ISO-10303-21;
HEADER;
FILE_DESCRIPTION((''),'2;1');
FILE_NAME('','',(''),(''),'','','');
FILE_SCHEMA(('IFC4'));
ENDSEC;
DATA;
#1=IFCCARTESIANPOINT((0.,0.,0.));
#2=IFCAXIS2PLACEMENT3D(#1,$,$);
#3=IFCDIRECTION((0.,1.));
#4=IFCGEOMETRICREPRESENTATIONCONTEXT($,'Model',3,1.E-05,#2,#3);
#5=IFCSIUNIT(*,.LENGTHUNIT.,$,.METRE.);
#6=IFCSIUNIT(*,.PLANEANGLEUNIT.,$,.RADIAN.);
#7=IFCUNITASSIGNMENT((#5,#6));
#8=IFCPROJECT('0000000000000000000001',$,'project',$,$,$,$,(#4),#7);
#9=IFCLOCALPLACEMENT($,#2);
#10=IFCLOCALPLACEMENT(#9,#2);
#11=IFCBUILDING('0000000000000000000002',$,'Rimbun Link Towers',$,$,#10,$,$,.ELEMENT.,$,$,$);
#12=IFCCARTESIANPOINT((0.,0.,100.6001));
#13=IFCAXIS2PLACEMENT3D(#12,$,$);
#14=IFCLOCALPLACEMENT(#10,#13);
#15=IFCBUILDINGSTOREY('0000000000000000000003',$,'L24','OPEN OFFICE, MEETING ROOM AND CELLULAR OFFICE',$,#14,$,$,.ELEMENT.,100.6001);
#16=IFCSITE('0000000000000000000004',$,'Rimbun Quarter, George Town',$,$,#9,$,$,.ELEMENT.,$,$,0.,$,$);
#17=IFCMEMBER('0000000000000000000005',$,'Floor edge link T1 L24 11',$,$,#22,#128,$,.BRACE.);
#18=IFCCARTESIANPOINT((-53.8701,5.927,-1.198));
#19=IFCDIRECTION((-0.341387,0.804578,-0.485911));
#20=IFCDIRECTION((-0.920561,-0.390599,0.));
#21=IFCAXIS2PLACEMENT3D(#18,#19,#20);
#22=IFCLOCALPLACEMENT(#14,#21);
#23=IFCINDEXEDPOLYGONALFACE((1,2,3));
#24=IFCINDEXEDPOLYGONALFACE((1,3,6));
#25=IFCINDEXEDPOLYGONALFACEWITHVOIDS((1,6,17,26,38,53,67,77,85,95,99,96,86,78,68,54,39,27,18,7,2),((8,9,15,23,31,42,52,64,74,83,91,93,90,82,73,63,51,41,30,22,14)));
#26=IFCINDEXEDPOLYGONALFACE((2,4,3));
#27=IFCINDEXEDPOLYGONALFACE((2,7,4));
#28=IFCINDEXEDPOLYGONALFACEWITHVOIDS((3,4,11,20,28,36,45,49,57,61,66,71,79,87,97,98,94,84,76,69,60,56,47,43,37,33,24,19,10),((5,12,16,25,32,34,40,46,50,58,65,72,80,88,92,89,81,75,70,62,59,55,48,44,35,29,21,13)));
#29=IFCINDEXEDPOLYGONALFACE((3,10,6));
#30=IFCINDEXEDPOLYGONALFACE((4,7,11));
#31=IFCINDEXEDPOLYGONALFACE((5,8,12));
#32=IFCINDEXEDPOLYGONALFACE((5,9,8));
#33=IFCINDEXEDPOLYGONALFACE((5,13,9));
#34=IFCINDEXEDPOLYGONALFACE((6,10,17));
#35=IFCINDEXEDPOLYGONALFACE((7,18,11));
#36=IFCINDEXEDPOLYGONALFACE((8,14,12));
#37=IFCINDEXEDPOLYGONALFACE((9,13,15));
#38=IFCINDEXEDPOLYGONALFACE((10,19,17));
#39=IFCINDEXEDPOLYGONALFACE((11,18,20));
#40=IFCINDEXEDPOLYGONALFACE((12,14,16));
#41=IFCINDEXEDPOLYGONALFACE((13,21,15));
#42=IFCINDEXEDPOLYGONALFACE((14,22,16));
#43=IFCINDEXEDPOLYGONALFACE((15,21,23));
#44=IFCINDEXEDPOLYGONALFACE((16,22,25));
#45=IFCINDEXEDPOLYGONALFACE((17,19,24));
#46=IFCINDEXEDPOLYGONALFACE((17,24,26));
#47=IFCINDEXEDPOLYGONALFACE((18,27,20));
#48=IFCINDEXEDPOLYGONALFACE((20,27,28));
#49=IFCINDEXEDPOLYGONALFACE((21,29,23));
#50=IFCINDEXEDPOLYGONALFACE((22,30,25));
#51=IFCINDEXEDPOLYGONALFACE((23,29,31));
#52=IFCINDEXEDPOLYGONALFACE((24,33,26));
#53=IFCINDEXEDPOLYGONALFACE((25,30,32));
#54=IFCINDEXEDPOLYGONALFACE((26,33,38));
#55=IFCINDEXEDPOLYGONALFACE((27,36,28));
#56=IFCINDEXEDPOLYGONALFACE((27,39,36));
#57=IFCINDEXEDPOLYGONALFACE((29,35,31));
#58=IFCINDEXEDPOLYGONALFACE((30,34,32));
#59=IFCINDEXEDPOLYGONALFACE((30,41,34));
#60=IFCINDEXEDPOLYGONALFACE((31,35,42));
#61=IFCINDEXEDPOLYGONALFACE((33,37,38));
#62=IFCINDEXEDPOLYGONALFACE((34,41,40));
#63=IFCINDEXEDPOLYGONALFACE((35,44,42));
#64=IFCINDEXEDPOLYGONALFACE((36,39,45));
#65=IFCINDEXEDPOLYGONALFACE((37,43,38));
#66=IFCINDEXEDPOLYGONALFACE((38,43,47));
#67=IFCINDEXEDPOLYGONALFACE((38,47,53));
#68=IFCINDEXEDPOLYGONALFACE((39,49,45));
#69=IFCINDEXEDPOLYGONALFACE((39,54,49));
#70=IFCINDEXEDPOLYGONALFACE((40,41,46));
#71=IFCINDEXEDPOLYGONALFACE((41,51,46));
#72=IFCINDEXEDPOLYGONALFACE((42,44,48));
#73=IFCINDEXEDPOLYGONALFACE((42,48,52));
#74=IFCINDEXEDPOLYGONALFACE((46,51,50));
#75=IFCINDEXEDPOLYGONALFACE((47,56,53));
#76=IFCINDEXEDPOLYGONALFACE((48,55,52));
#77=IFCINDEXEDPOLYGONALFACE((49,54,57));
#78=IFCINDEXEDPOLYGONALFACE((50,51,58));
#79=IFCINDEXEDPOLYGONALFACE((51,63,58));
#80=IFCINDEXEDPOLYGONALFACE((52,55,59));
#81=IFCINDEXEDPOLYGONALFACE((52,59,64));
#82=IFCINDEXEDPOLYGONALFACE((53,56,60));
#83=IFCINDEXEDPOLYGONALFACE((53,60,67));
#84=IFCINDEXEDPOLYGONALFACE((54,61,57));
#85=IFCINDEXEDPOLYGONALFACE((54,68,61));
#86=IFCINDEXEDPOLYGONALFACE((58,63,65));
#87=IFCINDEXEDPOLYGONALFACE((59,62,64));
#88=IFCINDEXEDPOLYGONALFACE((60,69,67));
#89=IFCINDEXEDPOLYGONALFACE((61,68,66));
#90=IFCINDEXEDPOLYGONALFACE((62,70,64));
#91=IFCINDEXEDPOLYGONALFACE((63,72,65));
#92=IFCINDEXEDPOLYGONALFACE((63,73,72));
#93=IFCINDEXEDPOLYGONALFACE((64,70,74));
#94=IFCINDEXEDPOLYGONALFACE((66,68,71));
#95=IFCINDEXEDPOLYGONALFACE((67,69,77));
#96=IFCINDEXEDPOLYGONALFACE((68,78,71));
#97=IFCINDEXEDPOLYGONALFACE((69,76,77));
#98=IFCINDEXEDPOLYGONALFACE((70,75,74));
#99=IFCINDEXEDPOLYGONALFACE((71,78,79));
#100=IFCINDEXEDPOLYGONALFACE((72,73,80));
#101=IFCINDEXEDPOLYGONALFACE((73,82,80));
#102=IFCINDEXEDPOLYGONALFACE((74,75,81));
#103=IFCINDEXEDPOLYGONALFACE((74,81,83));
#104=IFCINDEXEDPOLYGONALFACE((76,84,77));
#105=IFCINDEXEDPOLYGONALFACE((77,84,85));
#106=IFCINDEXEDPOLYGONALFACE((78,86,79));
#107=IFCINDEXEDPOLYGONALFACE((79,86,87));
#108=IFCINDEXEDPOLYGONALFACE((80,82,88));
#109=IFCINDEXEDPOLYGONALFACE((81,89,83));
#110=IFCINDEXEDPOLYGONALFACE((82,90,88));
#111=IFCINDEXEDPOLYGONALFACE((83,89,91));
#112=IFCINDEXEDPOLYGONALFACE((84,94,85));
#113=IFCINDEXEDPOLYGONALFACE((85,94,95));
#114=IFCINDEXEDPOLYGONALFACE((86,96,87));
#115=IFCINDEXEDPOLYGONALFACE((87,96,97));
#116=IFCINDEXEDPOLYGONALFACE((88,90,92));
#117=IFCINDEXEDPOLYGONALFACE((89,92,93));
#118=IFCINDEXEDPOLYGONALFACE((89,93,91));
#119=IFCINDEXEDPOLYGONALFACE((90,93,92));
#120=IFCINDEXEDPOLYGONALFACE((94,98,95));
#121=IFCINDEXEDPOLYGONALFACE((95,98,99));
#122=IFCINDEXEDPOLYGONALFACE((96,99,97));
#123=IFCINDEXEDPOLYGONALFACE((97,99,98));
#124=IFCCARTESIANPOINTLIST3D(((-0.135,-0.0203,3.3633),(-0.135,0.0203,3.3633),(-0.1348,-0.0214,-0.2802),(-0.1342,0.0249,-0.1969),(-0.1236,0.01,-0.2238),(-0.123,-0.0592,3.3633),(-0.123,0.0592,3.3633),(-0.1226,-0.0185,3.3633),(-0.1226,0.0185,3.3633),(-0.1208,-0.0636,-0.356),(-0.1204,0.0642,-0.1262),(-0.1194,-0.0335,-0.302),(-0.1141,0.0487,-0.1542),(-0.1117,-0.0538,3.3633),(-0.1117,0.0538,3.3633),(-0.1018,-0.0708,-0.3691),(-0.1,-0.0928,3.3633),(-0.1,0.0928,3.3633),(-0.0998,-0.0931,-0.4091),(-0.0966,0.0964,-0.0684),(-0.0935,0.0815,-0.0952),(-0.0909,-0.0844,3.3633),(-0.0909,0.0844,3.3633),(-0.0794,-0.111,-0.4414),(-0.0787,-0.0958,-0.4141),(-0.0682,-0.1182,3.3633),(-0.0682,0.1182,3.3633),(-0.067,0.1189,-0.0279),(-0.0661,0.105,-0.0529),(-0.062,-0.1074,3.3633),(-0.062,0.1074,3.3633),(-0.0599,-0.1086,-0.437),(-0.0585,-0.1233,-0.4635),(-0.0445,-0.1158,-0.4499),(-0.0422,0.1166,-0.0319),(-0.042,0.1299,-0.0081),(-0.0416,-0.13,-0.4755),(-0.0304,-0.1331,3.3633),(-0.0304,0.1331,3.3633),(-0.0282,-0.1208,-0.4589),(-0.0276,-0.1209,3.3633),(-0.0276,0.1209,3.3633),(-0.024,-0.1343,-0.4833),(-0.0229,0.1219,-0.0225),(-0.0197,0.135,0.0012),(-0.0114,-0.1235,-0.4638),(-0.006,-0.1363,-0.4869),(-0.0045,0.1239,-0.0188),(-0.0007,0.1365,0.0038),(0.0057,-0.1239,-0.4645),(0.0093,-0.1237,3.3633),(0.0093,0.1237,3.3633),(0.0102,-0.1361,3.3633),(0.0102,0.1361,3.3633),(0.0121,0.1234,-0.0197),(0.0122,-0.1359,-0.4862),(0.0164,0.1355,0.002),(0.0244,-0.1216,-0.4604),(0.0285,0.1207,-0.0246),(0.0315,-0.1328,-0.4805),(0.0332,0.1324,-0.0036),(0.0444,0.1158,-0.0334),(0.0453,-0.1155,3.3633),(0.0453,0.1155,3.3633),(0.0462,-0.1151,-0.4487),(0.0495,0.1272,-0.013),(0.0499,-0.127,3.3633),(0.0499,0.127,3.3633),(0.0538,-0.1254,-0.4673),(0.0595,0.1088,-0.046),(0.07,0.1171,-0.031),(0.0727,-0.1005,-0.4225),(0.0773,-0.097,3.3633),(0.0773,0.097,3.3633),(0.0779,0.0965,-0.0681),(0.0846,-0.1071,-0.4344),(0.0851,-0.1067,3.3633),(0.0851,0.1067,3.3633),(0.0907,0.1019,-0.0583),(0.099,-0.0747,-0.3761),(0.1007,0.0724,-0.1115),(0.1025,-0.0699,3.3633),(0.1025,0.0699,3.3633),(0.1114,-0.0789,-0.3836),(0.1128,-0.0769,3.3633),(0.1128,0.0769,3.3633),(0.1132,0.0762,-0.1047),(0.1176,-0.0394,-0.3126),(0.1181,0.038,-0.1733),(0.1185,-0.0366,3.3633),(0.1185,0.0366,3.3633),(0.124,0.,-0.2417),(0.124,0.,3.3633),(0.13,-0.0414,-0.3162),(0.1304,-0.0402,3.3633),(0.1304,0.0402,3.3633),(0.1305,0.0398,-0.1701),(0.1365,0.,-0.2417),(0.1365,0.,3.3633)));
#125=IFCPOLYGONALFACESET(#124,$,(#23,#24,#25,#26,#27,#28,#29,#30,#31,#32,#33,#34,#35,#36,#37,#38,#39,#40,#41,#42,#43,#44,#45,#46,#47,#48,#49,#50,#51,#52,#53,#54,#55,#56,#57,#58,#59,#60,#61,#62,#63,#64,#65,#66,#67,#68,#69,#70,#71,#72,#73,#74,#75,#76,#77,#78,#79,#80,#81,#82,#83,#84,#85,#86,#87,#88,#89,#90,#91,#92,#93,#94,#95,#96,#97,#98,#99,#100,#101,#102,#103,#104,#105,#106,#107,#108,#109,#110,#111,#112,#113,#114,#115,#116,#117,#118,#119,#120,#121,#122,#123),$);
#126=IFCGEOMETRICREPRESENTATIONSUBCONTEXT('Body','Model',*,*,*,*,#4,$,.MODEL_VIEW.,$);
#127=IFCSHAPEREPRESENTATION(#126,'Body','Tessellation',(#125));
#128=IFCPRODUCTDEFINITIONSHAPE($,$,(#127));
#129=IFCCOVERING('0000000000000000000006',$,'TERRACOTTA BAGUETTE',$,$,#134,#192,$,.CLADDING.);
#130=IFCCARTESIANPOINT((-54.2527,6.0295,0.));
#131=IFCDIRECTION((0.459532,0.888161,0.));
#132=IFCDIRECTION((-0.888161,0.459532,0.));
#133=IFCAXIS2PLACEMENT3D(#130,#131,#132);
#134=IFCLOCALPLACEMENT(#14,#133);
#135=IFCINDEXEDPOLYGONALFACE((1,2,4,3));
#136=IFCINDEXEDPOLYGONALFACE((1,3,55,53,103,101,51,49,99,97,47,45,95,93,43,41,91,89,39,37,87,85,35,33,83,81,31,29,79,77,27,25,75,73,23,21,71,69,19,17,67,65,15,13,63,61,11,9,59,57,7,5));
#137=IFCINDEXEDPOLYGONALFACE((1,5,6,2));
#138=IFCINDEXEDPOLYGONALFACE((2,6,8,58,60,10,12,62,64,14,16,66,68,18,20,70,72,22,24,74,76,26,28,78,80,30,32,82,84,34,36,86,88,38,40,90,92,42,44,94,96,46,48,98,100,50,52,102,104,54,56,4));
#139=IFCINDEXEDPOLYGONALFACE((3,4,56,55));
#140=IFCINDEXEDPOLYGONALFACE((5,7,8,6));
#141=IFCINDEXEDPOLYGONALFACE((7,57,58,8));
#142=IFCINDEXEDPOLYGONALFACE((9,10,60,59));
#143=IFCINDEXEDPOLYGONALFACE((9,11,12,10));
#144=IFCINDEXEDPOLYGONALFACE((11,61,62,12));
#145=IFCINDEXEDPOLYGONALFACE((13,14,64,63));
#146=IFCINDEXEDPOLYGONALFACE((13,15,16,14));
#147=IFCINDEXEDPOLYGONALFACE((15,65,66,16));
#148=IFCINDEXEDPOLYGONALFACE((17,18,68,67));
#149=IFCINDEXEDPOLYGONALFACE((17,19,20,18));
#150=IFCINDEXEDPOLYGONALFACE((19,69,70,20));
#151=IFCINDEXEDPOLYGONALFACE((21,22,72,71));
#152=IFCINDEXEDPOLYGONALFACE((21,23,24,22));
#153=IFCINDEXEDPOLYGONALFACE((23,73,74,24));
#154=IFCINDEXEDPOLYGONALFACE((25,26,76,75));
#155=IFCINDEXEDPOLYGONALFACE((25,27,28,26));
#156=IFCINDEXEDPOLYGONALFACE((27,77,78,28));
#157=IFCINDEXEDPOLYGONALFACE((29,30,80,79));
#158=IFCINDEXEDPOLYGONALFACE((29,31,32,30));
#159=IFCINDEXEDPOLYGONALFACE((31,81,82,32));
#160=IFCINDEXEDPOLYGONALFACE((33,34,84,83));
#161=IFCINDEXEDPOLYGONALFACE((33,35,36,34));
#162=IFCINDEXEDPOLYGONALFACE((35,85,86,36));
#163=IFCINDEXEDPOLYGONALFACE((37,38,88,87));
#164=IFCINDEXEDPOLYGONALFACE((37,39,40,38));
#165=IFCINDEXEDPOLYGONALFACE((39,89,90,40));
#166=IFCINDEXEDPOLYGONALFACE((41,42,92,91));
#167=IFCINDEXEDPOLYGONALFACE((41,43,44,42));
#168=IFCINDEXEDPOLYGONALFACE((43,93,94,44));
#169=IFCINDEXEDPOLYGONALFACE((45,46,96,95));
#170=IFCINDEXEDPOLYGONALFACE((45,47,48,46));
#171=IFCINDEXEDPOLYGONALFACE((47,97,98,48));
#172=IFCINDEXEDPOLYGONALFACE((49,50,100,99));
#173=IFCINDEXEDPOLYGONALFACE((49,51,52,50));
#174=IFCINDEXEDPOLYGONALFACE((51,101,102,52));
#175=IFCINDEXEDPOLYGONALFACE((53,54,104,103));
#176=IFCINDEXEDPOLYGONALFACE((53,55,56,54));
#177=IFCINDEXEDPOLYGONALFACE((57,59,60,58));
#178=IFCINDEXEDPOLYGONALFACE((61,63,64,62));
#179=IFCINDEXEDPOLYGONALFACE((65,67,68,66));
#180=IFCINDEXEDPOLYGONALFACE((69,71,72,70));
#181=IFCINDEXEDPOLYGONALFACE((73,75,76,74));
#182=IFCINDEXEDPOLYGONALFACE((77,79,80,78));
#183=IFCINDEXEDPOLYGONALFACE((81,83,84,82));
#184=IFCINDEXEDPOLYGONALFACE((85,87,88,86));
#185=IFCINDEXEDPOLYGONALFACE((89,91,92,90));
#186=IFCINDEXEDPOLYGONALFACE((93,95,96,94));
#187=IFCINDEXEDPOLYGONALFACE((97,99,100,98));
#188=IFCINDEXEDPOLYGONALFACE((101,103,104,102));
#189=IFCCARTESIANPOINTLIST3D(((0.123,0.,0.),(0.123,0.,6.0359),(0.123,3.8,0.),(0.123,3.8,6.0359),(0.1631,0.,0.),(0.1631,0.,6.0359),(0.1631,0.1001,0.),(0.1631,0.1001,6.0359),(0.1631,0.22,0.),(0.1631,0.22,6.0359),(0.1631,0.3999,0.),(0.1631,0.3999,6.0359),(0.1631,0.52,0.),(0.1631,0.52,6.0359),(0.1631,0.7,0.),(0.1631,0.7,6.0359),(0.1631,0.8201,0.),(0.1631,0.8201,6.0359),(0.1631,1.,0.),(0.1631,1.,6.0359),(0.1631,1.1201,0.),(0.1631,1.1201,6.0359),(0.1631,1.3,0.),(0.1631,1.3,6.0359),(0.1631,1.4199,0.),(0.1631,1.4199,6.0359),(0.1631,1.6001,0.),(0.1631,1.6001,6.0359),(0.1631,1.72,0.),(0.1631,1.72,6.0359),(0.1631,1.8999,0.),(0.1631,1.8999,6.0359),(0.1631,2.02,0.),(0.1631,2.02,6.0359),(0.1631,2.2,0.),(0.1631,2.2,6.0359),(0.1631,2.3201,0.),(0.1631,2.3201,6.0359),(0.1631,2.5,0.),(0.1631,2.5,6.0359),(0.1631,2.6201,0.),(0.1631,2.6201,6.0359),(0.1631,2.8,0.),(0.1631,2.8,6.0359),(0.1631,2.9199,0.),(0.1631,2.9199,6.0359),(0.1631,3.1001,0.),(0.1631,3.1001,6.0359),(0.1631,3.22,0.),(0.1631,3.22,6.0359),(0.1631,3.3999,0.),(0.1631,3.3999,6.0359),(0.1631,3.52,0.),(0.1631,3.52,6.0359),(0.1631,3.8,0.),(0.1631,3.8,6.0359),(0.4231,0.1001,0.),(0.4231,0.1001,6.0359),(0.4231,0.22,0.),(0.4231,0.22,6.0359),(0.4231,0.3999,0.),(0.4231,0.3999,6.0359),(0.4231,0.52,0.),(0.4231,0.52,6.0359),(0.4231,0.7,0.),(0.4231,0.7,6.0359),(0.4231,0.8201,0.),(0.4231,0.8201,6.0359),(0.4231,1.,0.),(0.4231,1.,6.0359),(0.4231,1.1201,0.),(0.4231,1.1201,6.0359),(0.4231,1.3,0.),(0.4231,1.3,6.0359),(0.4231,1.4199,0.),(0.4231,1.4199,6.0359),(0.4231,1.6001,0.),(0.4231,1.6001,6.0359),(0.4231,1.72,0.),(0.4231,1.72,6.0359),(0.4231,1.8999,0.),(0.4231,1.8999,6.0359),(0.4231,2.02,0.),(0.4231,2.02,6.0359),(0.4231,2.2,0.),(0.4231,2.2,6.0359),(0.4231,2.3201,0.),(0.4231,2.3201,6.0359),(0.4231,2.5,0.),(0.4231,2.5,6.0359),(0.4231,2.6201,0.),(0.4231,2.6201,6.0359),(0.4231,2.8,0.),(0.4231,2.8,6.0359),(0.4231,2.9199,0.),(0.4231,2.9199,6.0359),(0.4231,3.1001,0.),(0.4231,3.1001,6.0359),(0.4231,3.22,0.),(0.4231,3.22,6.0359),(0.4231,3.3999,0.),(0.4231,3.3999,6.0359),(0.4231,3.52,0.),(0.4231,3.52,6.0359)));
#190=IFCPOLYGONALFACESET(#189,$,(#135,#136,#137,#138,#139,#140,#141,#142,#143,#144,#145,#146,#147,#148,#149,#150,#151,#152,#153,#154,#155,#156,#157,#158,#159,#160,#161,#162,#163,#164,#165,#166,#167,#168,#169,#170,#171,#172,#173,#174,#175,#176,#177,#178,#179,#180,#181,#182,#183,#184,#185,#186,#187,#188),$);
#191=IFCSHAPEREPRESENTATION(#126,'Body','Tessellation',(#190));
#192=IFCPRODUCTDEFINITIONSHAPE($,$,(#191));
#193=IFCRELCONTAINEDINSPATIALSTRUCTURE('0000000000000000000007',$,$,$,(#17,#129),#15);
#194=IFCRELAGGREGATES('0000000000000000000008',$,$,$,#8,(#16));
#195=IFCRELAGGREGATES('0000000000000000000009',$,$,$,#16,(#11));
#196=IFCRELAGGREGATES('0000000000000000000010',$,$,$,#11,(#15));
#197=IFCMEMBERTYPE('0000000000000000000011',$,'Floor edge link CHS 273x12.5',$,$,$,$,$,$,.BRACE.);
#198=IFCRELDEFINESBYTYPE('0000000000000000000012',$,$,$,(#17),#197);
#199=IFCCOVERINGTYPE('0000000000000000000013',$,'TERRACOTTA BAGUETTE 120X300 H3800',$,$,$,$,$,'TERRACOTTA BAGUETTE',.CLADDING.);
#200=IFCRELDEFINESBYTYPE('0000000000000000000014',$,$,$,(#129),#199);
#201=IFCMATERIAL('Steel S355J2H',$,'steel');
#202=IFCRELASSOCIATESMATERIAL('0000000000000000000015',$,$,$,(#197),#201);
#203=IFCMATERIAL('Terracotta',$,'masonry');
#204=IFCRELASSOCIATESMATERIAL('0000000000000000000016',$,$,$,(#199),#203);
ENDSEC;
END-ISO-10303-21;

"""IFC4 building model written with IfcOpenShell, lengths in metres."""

from ifc_helpers import new_model, si_unit, direction, frame, origin, origin_2d, place, context, subcontext, project, spatial, polyline, hollow_circle, outline, extrude, clip, halfspace, material, material_profile, profile_set, type_object, element, save


model = new_model("IFC4")

# Units and contexts
model_context = context("Model", 3, precision=1e-05, world=origin(), true_north=direction((0.0, 1.0)))
body_context = subcontext(model_context, "Body", "Model", "MODEL_VIEW")
ifc_project = project(units=[si_unit("LENGTHUNIT", "METRE"), si_unit("PLANEANGLEUNIT", "RADIAN")], contexts=[model_context])

# Site, building, storey
site_placement = place(None, origin())
site = spatial("IfcSite", under=ifc_project, at=site_placement, Name="Rimbun Quarter, George Town", CompositionType="ELEMENT", RefElevation=0.0)
building_placement = place(site_placement, origin())
building = spatial("IfcBuilding", under=site, at=building_placement, Name="Rimbun Link Towers", CompositionType="ELEMENT")
storey_placement = place(building_placement, frame((0.0, 0.0, 100.6001)))
storey = spatial("IfcBuildingStorey", under=building, at=storey_placement, Name="L24", Description="OPEN OFFICE, MEETING ROOM AND CELLULAR OFFICE", CompositionType="ELEMENT", Elevation=100.6001)

# Member
ifc_material_1 = material(Name="Steel S355J2H", Category="steel")
ifc_material_profile_1 = material_profile(ifc_material_1, hollow_circle(Radius=0.1365, WallThickness=0.0125, at=origin_2d()), Name="CHS 273x12.5")
ifc_profile_set_1 = profile_set([ifc_material_profile_1], Name="Steel S355J2H")
member_type_1 = type_object("IfcMemberType", Name="Floor edge link CHS 273x12.5", PredefinedType="BRACE", material=ifc_profile_set_1)
member_1_placement = place(storey_placement, frame((-53.8701, 5.927, -1.198), z_axis=(-0.341387, 0.804578, -0.485911), x_axis=(-0.920561, -0.390599, 0.0)))
element("IfcMember", 1, at=member_1_placement, inside=storey, type_object=member_type_1, Name="Floor edge link T1 L24 11", PredefinedType="BRACE", context=body_context, shape_type="Clipping", body=[
    clip(extrude(hollow_circle(Radius=0.1365, WallThickness=0.0125, at=origin_2d()), frame((0.0, 0.0, -0.5117)), (0.0, 0.0, 1.0), 3.875), halfspace(frame((0.0, 0.0, -0.2417), z_axis=(0.0, 0.874008, -0.485911)), False)),
])

# Covering
ifc_material_2 = material(Name="Terracotta", Category="masonry")
ifc_material_profile_2 = material_profile(ifc_material_2, outline(polyline([(0.123, 0.0), (0.1631, 0.0), (0.1631, 0.1001), (0.4231, 0.1001), (0.4231, 0.22), (0.1631, 0.22), (0.1631, 0.3999), (0.4231, 0.3999), (0.4231, 0.52), (0.1631, 0.52), (0.1631, 0.7), (0.4231, 0.7), (0.4231, 0.8201), (0.1631, 0.8201), (0.1631, 1.0), (0.4231, 1.0), (0.4231, 1.1201), (0.1631, 1.1201), (0.1631, 1.3), (0.4231, 1.3), (0.4231, 1.4199), (0.1631, 1.4199), (0.1631, 1.6001), (0.4231, 1.6001), (0.4231, 1.72), (0.1631, 1.72), (0.1631, 1.8999), (0.4231, 1.8999), (0.4231, 2.02), (0.1631, 2.02), (0.1631, 2.2), (0.4231, 2.2), (0.4231, 2.3201), (0.1631, 2.3201), (0.1631, 2.5), (0.4231, 2.5), (0.4231, 2.6201), (0.1631, 2.6201), (0.1631, 2.8), (0.4231, 2.8), (0.4231, 2.9199), (0.1631, 2.9199), (0.1631, 3.1001), (0.4231, 3.1001), (0.4231, 3.22), (0.1631, 3.22), (0.1631, 3.3999), (0.4231, 3.3999), (0.4231, 3.52), (0.1631, 3.52), (0.1631, 3.8), (0.123, 3.8), (0.123, 0.0)])), Name="BAGUETTE 120X300")
ifc_profile_set_2 = profile_set([ifc_material_profile_2], Name="Terracotta")
covering_type = type_object("IfcCoveringType", Name="TERRACOTTA BAGUETTE 120X300 H3800", ElementType="TERRACOTTA BAGUETTE", PredefinedType="CLADDING", material=ifc_profile_set_2)
covering_placement = place(storey_placement, frame((-54.2527, 6.0295, 0.0), z_axis=(0.459532, 0.888161, 0.0), x_axis=(-0.888161, 0.459532, 0.0)))
element("IfcCovering", 2, at=covering_placement, inside=storey, type_object=covering_type, Name="TERRACOTTA BAGUETTE", PredefinedType="CLADDING", context=body_context, shape_type="SweptSolid", body=[
    extrude(outline(polyline([(0.123, 0.0), (0.1631, 0.0), (0.1631, 0.1001), (0.4231, 0.1001), (0.4231, 0.22), (0.1631, 0.22), (0.1631, 0.3999), (0.4231, 0.3999), (0.4231, 0.52), (0.1631, 0.52), (0.1631, 0.7), (0.4231, 0.7), (0.4231, 0.8201), (0.1631, 0.8201), (0.1631, 1.0), (0.4231, 1.0), (0.4231, 1.1201), (0.1631, 1.1201), (0.1631, 1.3), (0.4231, 1.3), (0.4231, 1.4199), (0.1631, 1.4199), (0.1631, 1.6001), (0.4231, 1.6001), (0.4231, 1.72), (0.1631, 1.72), (0.1631, 1.8999), (0.4231, 1.8999), (0.4231, 2.02), (0.1631, 2.02), (0.1631, 2.2), (0.4231, 2.2), (0.4231, 2.3201), (0.1631, 2.3201), (0.1631, 2.5), (0.4231, 2.5), (0.4231, 2.6201), (0.1631, 2.6201), (0.1631, 2.8), (0.4231, 2.8), (0.4231, 2.9199), (0.1631, 2.9199), (0.1631, 3.1001), (0.4231, 3.1001), (0.4231, 3.22), (0.1631, 3.22), (0.1631, 3.3999), (0.4231, 3.3999), (0.4231, 3.52), (0.1631, 3.52), (0.1631, 3.8), (0.123, 3.8), (0.123, 0.0)])), origin(), (0.0, 0.0, 1.0), 6.0359),
])

save(model, "model.ifc")
